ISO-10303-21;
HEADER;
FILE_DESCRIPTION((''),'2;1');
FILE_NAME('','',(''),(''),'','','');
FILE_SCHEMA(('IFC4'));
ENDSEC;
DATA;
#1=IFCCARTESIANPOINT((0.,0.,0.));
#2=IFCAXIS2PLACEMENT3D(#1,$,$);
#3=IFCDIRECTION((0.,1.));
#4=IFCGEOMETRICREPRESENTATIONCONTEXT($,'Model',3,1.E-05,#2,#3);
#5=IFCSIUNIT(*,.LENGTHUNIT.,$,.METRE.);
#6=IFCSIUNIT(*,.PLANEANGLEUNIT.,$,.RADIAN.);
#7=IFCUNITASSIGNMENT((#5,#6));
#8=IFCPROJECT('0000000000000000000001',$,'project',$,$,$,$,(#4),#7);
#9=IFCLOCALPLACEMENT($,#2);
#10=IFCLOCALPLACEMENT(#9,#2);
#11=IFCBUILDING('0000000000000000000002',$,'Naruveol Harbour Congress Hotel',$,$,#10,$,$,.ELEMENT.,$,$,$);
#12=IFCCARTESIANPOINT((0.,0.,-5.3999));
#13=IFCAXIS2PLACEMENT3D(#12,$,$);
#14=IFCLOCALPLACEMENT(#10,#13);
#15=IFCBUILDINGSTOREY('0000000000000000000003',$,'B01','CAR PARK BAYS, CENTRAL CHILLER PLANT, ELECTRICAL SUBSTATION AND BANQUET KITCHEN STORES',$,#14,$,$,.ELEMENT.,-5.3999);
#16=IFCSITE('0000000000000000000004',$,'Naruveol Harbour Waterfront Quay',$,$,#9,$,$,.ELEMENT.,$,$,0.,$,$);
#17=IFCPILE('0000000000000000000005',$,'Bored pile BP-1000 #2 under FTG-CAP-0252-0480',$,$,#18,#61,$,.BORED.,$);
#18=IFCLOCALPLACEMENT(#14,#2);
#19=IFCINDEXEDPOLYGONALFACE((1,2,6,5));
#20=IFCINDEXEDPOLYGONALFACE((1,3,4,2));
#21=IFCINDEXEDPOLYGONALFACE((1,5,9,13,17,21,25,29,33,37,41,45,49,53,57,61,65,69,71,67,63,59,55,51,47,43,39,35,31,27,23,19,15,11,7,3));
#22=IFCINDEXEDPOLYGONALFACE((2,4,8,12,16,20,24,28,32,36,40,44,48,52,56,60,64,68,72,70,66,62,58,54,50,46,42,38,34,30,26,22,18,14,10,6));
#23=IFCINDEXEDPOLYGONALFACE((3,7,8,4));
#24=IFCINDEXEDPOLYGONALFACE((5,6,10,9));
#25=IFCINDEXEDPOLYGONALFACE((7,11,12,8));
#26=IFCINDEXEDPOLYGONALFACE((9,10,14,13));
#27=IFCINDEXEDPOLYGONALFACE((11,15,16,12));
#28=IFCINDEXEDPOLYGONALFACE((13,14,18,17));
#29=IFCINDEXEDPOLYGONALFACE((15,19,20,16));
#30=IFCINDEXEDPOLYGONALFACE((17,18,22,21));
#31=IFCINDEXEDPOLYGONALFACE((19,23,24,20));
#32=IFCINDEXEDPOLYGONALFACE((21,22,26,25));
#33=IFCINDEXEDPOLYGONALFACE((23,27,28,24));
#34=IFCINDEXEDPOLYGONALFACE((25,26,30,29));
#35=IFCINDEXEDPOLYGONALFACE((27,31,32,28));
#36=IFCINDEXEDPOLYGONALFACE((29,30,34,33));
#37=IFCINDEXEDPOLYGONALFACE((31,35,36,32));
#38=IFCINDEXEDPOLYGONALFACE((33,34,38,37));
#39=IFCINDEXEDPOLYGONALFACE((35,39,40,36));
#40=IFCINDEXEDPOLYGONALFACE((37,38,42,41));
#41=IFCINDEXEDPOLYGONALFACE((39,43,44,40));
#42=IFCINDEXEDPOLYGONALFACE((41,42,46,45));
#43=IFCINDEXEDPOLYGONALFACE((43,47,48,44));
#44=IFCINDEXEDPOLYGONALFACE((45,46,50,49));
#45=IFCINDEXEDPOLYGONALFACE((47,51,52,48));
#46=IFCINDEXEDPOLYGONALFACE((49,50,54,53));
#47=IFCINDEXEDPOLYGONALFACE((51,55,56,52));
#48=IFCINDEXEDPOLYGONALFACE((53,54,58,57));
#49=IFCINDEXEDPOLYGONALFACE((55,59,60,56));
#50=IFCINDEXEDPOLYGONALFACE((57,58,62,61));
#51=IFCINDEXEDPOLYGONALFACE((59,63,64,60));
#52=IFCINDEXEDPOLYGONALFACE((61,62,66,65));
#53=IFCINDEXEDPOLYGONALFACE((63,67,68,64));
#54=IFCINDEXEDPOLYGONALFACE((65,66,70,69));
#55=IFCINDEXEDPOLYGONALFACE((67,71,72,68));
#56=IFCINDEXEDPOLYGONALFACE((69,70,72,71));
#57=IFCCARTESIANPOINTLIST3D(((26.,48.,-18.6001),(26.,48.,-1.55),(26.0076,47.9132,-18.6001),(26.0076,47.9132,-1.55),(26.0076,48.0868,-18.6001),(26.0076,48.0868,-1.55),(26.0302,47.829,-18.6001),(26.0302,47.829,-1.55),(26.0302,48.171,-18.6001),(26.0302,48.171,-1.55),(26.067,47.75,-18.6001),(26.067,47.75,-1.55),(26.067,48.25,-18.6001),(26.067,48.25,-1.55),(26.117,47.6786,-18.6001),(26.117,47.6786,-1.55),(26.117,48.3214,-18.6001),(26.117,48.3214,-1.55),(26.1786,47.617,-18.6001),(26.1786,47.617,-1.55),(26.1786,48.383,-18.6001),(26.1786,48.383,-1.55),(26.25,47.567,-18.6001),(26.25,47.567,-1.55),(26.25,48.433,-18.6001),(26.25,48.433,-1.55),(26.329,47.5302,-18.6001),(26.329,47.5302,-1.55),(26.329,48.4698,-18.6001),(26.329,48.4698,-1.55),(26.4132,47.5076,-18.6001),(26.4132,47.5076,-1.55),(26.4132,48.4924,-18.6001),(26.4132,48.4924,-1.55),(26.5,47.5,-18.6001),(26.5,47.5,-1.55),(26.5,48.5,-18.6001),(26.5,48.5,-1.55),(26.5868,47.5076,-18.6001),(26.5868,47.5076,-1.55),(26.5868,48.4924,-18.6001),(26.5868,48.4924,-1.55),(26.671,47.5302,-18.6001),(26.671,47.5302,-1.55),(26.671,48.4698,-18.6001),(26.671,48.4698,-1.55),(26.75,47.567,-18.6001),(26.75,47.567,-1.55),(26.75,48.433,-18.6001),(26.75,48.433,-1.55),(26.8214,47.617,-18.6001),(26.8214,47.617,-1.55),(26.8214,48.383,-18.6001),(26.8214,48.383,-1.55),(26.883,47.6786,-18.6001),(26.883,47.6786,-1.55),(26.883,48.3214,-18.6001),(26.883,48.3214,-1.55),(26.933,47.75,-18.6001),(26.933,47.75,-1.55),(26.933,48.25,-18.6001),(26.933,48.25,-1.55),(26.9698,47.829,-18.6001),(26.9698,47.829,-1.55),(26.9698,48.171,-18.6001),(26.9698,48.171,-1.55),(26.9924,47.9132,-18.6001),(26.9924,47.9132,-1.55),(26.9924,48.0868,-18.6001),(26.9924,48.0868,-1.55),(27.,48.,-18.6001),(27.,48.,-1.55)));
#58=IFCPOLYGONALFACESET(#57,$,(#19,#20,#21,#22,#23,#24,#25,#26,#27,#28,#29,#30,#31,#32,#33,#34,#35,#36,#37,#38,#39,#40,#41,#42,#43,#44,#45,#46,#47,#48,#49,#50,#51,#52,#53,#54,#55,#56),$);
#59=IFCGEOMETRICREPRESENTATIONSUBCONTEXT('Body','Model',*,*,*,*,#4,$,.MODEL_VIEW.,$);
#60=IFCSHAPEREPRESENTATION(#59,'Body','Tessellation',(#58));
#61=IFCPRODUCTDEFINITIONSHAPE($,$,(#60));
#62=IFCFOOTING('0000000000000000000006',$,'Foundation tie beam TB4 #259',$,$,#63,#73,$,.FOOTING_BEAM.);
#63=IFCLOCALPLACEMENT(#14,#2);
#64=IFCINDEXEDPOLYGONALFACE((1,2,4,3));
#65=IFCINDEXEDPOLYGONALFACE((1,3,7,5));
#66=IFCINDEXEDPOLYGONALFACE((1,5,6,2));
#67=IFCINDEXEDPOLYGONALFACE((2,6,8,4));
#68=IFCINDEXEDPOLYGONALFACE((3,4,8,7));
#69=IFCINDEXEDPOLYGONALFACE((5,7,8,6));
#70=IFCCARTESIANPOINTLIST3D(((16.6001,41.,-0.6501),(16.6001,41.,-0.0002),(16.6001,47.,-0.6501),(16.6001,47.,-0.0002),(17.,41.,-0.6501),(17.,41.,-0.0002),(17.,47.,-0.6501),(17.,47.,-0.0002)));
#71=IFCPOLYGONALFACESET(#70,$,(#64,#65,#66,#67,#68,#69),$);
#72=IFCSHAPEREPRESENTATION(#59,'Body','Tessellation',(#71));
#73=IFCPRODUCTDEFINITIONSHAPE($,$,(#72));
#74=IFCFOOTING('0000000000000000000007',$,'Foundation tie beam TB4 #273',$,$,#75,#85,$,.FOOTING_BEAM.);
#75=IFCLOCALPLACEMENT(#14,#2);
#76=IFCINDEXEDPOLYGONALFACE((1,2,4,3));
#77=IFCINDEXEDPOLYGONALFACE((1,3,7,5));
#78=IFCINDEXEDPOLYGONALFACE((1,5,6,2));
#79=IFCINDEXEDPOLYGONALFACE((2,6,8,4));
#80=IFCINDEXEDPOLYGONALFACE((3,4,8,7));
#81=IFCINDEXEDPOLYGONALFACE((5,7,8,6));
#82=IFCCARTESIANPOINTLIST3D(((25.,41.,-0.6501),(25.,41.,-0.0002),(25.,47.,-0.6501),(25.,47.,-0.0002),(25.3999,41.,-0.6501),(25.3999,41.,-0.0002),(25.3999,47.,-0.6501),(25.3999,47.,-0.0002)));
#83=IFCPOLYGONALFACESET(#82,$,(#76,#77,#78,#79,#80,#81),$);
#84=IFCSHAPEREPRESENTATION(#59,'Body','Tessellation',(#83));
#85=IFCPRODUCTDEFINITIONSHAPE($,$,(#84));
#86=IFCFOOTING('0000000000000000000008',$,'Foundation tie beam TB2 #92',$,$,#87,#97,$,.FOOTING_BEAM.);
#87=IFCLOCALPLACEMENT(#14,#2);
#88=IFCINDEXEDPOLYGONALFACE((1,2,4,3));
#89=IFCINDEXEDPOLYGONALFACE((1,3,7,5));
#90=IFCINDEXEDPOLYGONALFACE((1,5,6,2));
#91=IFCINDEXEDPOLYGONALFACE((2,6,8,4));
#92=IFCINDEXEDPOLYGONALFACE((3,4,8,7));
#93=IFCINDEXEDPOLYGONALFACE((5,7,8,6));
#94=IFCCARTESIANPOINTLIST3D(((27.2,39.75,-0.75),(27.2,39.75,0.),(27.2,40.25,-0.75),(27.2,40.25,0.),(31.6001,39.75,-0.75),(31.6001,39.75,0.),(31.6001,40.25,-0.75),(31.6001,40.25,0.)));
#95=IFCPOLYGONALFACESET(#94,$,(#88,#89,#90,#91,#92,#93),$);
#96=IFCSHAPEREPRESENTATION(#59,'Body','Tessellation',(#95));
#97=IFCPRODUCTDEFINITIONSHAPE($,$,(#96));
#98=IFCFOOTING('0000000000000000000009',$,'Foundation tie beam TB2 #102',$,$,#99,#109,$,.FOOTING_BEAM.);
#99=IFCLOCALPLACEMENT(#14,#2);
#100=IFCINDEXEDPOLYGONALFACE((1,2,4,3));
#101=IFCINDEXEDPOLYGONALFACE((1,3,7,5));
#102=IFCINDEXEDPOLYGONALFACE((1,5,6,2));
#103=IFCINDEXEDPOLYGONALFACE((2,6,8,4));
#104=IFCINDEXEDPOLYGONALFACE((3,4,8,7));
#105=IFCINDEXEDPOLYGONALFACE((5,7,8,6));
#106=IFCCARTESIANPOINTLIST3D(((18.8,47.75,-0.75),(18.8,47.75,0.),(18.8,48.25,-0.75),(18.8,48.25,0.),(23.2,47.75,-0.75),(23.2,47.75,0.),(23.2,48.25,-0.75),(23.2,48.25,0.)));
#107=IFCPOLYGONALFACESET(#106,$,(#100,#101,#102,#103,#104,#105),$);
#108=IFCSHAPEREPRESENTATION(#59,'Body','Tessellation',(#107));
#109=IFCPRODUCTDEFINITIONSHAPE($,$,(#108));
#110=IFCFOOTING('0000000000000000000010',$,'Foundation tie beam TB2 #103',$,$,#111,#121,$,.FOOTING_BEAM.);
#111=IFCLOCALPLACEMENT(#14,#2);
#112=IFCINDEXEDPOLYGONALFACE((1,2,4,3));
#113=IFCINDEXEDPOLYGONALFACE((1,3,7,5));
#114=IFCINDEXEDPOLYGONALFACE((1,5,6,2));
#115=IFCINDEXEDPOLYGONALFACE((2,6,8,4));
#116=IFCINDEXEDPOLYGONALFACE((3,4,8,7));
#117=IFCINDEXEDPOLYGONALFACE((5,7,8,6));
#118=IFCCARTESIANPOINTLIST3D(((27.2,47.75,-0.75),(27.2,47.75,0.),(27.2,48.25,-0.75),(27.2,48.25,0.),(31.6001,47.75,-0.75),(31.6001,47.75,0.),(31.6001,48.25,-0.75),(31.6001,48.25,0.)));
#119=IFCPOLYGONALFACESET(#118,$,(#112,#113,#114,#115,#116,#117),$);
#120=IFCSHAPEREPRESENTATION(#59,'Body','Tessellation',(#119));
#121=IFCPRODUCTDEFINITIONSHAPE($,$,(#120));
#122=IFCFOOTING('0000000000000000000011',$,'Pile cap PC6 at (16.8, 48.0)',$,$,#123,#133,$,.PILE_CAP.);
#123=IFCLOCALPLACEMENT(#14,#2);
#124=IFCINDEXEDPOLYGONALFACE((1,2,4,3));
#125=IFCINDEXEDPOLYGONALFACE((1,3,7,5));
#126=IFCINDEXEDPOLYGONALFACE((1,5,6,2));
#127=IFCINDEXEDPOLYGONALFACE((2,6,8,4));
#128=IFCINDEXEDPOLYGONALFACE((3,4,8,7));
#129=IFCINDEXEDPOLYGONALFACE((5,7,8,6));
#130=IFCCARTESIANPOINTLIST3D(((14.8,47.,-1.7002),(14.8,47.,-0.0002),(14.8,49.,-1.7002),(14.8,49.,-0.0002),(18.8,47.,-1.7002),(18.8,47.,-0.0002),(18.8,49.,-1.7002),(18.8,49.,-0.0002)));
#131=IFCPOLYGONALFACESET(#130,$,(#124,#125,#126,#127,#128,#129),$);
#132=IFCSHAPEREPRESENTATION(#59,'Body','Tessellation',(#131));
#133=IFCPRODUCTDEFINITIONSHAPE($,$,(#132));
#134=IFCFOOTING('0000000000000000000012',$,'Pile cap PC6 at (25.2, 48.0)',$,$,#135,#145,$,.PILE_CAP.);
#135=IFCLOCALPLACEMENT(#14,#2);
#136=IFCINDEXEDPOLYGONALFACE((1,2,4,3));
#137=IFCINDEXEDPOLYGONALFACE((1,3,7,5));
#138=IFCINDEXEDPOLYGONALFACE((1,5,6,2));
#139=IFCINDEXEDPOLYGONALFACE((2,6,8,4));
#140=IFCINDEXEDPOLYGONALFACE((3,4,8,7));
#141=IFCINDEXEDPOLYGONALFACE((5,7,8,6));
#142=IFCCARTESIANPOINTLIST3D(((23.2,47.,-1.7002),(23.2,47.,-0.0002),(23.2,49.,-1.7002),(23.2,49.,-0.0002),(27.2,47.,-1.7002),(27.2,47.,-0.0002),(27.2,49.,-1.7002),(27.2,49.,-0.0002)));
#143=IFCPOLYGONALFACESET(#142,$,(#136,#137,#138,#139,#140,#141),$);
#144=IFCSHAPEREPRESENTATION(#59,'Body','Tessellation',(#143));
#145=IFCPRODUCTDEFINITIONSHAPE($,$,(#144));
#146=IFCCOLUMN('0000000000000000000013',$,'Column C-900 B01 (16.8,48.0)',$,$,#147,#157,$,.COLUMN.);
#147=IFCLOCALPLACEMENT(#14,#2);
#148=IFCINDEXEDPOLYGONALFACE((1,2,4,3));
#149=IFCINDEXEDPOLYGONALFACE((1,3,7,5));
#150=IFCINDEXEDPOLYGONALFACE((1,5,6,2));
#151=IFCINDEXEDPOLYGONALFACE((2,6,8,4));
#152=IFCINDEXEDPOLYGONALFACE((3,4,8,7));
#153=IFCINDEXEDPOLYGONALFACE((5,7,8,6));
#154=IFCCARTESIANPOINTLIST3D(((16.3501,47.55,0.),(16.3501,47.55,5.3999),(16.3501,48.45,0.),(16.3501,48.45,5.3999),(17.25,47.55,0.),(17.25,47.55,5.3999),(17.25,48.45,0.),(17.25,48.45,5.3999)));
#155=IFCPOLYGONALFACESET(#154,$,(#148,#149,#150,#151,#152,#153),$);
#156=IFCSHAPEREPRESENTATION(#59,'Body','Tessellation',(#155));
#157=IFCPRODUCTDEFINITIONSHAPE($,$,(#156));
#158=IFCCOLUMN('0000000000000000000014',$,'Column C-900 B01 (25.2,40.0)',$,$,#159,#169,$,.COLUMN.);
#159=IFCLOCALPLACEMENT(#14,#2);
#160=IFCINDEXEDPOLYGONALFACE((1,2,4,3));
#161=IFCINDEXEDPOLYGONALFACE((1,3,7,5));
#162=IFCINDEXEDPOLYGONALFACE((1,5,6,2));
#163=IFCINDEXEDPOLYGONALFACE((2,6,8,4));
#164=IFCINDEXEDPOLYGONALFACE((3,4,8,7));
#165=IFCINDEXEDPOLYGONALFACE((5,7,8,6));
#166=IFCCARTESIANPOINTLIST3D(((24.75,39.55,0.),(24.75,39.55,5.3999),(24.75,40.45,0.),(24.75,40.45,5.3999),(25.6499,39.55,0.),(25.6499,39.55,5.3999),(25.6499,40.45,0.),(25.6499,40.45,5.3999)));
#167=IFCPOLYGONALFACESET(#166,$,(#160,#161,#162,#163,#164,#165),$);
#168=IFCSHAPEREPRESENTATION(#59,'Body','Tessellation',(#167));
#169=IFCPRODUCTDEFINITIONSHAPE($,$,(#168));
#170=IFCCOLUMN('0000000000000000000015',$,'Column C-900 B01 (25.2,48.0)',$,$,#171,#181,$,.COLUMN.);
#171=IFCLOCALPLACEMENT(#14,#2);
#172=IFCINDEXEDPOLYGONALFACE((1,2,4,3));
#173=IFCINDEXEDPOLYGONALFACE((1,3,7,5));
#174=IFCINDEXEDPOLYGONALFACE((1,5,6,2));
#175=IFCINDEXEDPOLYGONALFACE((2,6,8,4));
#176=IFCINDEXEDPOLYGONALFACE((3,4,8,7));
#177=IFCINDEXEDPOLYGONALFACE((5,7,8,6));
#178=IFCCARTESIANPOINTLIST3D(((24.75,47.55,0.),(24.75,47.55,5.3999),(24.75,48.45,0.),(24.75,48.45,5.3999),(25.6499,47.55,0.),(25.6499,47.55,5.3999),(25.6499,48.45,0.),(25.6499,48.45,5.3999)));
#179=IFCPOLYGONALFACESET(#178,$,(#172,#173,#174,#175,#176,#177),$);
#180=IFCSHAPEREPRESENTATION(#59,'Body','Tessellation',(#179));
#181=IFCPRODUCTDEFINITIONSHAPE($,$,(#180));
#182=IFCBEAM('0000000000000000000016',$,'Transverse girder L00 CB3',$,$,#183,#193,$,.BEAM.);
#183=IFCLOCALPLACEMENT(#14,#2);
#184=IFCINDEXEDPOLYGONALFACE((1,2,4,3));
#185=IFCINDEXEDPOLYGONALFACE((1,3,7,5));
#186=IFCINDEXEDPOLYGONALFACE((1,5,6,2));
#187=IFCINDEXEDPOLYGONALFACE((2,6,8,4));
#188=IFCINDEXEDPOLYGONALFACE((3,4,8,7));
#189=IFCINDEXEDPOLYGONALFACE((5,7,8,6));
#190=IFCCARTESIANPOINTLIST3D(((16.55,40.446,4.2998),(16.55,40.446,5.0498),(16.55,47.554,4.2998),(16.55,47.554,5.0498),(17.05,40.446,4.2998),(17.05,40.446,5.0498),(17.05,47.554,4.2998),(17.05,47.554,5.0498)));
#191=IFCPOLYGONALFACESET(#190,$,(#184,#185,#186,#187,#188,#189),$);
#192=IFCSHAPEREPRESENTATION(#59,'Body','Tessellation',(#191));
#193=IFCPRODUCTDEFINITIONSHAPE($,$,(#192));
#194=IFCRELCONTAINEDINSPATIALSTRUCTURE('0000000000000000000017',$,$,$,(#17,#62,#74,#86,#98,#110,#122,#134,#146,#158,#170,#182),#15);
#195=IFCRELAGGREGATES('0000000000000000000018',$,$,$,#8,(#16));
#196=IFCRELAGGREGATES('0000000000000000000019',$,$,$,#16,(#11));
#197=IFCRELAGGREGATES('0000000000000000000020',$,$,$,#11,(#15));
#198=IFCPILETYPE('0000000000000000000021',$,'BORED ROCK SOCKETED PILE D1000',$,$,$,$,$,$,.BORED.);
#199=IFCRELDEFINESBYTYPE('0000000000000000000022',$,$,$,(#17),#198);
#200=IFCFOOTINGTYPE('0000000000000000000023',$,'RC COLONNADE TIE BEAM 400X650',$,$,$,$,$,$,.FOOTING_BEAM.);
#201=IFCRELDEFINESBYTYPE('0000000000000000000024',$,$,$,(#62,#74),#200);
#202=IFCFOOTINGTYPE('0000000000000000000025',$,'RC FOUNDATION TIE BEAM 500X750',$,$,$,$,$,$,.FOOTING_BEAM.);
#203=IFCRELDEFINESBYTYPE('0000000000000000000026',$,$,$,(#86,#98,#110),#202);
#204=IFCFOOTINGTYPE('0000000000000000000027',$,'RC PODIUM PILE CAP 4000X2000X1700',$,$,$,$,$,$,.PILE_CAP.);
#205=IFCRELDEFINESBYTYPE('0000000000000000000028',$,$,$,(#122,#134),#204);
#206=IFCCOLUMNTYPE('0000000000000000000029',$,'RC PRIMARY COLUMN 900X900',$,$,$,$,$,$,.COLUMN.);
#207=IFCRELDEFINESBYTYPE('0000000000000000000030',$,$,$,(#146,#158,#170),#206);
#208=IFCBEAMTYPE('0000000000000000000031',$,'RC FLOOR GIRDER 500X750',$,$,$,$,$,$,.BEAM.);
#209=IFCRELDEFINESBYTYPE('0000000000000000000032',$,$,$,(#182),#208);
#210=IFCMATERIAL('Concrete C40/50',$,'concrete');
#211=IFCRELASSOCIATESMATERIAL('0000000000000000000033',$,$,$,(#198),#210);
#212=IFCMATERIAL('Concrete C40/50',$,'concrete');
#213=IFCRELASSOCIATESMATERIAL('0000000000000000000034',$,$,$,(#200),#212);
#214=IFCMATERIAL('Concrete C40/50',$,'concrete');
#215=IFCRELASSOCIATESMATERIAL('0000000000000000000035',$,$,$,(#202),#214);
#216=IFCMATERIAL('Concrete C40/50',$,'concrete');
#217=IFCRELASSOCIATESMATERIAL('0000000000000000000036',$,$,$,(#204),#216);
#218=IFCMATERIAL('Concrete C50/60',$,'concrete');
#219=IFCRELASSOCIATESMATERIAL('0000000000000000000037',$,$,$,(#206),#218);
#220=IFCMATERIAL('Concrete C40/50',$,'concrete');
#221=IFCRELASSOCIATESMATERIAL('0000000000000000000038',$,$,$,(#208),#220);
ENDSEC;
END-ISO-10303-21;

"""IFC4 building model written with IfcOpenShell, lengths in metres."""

from ifc_helpers import new_model, si_unit, direction, frame, origin, origin_2d, place, context, subcontext, project, spatial, rectangle, circle, extrude, material, material_profile, profile_set, type_object, element, save


model = new_model("IFC4")

# Units and contexts
model_context = context("Model", 3, precision=1e-05, world=origin(), true_north=direction((0.0, 1.0)))
body_context = subcontext(model_context, "Body", "Model", "MODEL_VIEW")
ifc_project = project(units=[si_unit("LENGTHUNIT", "METRE"), si_unit("PLANEANGLEUNIT", "RADIAN")], contexts=[model_context])

# Site, building, storey
site_placement = place(None, origin())
site = spatial("IfcSite", under=ifc_project, at=site_placement, Name="Naruveol Harbour Waterfront Quay", CompositionType="ELEMENT", RefElevation=0.0)
building_placement = place(site_placement, origin())
building = spatial("IfcBuilding", under=site, at=building_placement, Name="Naruveol Harbour Congress Hotel", CompositionType="ELEMENT")
storey_placement = place(building_placement, frame((0.0, 0.0, -5.3999)))
storey = spatial("IfcBuildingStorey", under=building, at=storey_placement, Name="B01", Description="CAR PARK BAYS, CENTRAL CHILLER PLANT, ELECTRICAL SUBSTATION AND BANQUET KITCHEN STORES", CompositionType="ELEMENT", Elevation=-5.3999)

# Pile
ifc_material_1 = material(Name="Concrete C40/50", Category="concrete")
ifc_material_profile_1 = material_profile(ifc_material_1, circle(Radius=0.5, at=origin_2d()), Name="BP-1000")
ifc_profile_set_1 = profile_set([ifc_material_profile_1], Name="Concrete C40/50")
pile_type = type_object("IfcPileType", Name="BORED ROCK SOCKETED PILE D1000", PredefinedType="BORED", material=ifc_profile_set_1)
for number, where, z_axis, x_axis, name in (
    (1, (26.5, 48.0, -1.55), (0.0, 0.0, -1.0), (1.0, 0.0, 0.0), "Bored pile BP-1000 #2 under FTG-CAP-0252-0480"),
):
    element("IfcPile", number, at=place(storey_placement, frame(where, z_axis=z_axis, x_axis=x_axis)), inside=storey, type_object=pile_type, Name=name, PredefinedType="BORED", context=body_context, shape_type="SweptSolid", body=[
        extrude(circle(Radius=0.5, at=origin_2d()), origin(), (0.0, 0.0, 1.0), 17.05),
    ])

# Footings
ifc_material_2 = material(Name="Concrete C40/50", Category="concrete")
ifc_material_profile_2 = material_profile(ifc_material_2, rectangle(XDim=0.3999, YDim=0.6499, at=origin_2d()), Name="RCB-400x650")
ifc_profile_set_2 = profile_set([ifc_material_profile_2], Name="Concrete C40/50")
footing_type_1 = type_object("IfcFootingType", Name="RC COLONNADE TIE BEAM 400X650", PredefinedType="FOOTING_BEAM", material=ifc_profile_set_2)
for number, where, z_axis, x_axis, name in (
    (2, (16.8, 41.0, -0.3252), (0.0, 1.0, 0.0), (-1.0, 0.0, 0.0), "Foundation tie beam TB4 #259"),
    (3, (25.2, 41.0, -0.3252), (0.0, 1.0, 0.0), (-1.0, 0.0, 0.0), "Foundation tie beam TB4 #273"),
):
    element("IfcFooting", number, at=place(storey_placement, frame(where, z_axis=z_axis, x_axis=x_axis)), inside=storey, type_object=footing_type_1, Name=name, PredefinedType="FOOTING_BEAM", context=body_context, shape_type="SweptSolid", body=[
        extrude(rectangle(XDim=0.3999, YDim=0.6499, at=origin_2d()), origin(), (0.0, 0.0, 1.0), 6.0),
    ])
ifc_material_3 = material(Name="Concrete C40/50", Category="concrete")
ifc_material_profile_3 = material_profile(ifc_material_3, rectangle(XDim=0.5, YDim=0.75, at=origin_2d()), Name="RCB-500x750")
ifc_profile_set_3 = profile_set([ifc_material_profile_3], Name="Concrete C40/50")
footing_type_2 = type_object("IfcFootingType", Name="RC FOUNDATION TIE BEAM 500X750", PredefinedType="FOOTING_BEAM", material=ifc_profile_set_3)
footing_1_placement = place(storey_placement, frame((27.2, 40.0, -0.375), z_axis=(1.0, 0.0, 0.0), x_axis=(0.0, 1.0, 0.0)))
element("IfcFooting", 4, at=footing_1_placement, inside=storey, type_object=footing_type_2, Name="Foundation tie beam TB2 #92", PredefinedType="FOOTING_BEAM", context=body_context, shape_type="SweptSolid", body=[
    extrude(rectangle(XDim=0.5, YDim=0.75, at=origin_2d()), origin(), (0.0, 0.0, 1.0), 4.4001),
])
footing_2_placement = place(storey_placement, frame((18.8, 48.0, -0.375), z_axis=(1.0, 0.0, 0.0), x_axis=(0.0, 1.0, 0.0)))
element("IfcFooting", 5, at=footing_2_placement, inside=storey, type_object=footing_type_2, Name="Foundation tie beam TB2 #102", PredefinedType="FOOTING_BEAM", context=body_context, shape_type="SweptSolid", body=[
    extrude(rectangle(XDim=0.5, YDim=0.75, at=origin_2d()), origin(), (0.0, 0.0, 1.0), 4.3999),
])
footing_3_placement = place(storey_placement, frame((27.2, 48.0, -0.375), z_axis=(1.0, 0.0, 0.0), x_axis=(0.0, 1.0, 0.0)))
element("IfcFooting", 6, at=footing_3_placement, inside=storey, type_object=footing_type_2, Name="Foundation tie beam TB2 #103", PredefinedType="FOOTING_BEAM", context=body_context, shape_type="SweptSolid", body=[
    extrude(rectangle(XDim=0.5, YDim=0.75, at=origin_2d()), origin(), (0.0, 0.0, 1.0), 4.4001),
])
ifc_material_4 = material(Name="Concrete C40/50", Category="concrete")
footing_type_3 = type_object("IfcFootingType", Name="RC PODIUM PILE CAP 4000X2000X1700", PredefinedType="PILE_CAP", material=ifc_material_4)
for number, where, z_axis, x_axis, name in (
    (7, (16.8, 48.0, -1.7002), (0.0, 0.0, 1.0), (1.0, 0.0, 0.0), "Pile cap PC6 at (16.8, 48.0)"),
    (8, (25.2, 48.0, -1.7002), (0.0, 0.0, 1.0), (1.0, 0.0, 0.0), "Pile cap PC6 at (25.2, 48.0)"),
):
    element("IfcFooting", number, at=place(storey_placement, frame(where, z_axis=z_axis, x_axis=x_axis)), inside=storey, type_object=footing_type_3, Name=name, PredefinedType="PILE_CAP", context=body_context, shape_type="SweptSolid", body=[
        extrude(rectangle(XDim=4.0, YDim=2.0, at=origin_2d()), origin(), (0.0, 0.0, 1.0), 1.7),
    ])

# Columns
ifc_material_5 = material(Name="Concrete C50/60", Category="concrete")
ifc_material_profile_4 = material_profile(ifc_material_5, rectangle(XDim=0.8999, YDim=0.8999, at=origin_2d()), Name="RC-900x900")
ifc_profile_set_4 = profile_set([ifc_material_profile_4], Name="Concrete C50/60")
column_type = type_object("IfcColumnType", Name="RC PRIMARY COLUMN 900X900", PredefinedType="COLUMN", material=ifc_profile_set_4)
for number, where, z_axis, x_axis, name in (
    (9, (16.8, 48.0, 0.0), (0.0, 0.0, 1.0), (1.0, 0.0, 0.0), "Column C-900 B01 (16.8,48.0)"),
    (10, (25.2, 40.0, 0.0), (0.0, 0.0, 1.0), (1.0, 0.0, 0.0), "Column C-900 B01 (25.2,40.0)"),
    (11, (25.2, 48.0, 0.0), (0.0, 0.0, 1.0), (1.0, 0.0, 0.0), "Column C-900 B01 (25.2,48.0)"),
):
    element("IfcColumn", number, at=place(storey_placement, frame(where, z_axis=z_axis, x_axis=x_axis)), inside=storey, type_object=column_type, Name=name, PredefinedType="COLUMN", context=body_context, shape_type="SweptSolid", body=[
        extrude(rectangle(XDim=0.8999, YDim=0.8999, at=origin_2d()), origin(), (0.0, 0.0, 1.0), 5.3999),
    ])

# Beam
ifc_material_6 = material(Name="Concrete C40/50", Category="concrete")
ifc_material_profile_5 = material_profile(ifc_material_6, rectangle(XDim=0.5, YDim=0.75, at=origin_2d()), Name="RCB-500x750")
ifc_profile_set_5 = profile_set([ifc_material_profile_5], Name="Concrete C40/50")
beam_type_1 = type_object("IfcBeamType", Name="RC FLOOR GIRDER 500X750", PredefinedType="BEAM", material=ifc_profile_set_5)
for number, where, z_axis, x_axis, name in (
    (12, (16.8, 40.446, 4.6748), (0.0, 1.0, 0.0), (-1.0, 0.0, 0.0), "Transverse girder L00 CB3"),
):
    element("IfcBeam", number, at=place(storey_placement, frame(where, z_axis=z_axis, x_axis=x_axis)), inside=storey, type_object=beam_type_1, Name=name, PredefinedType="BEAM", context=body_context, shape_type="SweptSolid", body=[
        extrude(rectangle(XDim=0.5, YDim=0.75, at=origin_2d()), origin(), (0.0, 0.0, 1.0), 7.1079),
    ])

save(model, "model.ifc")
